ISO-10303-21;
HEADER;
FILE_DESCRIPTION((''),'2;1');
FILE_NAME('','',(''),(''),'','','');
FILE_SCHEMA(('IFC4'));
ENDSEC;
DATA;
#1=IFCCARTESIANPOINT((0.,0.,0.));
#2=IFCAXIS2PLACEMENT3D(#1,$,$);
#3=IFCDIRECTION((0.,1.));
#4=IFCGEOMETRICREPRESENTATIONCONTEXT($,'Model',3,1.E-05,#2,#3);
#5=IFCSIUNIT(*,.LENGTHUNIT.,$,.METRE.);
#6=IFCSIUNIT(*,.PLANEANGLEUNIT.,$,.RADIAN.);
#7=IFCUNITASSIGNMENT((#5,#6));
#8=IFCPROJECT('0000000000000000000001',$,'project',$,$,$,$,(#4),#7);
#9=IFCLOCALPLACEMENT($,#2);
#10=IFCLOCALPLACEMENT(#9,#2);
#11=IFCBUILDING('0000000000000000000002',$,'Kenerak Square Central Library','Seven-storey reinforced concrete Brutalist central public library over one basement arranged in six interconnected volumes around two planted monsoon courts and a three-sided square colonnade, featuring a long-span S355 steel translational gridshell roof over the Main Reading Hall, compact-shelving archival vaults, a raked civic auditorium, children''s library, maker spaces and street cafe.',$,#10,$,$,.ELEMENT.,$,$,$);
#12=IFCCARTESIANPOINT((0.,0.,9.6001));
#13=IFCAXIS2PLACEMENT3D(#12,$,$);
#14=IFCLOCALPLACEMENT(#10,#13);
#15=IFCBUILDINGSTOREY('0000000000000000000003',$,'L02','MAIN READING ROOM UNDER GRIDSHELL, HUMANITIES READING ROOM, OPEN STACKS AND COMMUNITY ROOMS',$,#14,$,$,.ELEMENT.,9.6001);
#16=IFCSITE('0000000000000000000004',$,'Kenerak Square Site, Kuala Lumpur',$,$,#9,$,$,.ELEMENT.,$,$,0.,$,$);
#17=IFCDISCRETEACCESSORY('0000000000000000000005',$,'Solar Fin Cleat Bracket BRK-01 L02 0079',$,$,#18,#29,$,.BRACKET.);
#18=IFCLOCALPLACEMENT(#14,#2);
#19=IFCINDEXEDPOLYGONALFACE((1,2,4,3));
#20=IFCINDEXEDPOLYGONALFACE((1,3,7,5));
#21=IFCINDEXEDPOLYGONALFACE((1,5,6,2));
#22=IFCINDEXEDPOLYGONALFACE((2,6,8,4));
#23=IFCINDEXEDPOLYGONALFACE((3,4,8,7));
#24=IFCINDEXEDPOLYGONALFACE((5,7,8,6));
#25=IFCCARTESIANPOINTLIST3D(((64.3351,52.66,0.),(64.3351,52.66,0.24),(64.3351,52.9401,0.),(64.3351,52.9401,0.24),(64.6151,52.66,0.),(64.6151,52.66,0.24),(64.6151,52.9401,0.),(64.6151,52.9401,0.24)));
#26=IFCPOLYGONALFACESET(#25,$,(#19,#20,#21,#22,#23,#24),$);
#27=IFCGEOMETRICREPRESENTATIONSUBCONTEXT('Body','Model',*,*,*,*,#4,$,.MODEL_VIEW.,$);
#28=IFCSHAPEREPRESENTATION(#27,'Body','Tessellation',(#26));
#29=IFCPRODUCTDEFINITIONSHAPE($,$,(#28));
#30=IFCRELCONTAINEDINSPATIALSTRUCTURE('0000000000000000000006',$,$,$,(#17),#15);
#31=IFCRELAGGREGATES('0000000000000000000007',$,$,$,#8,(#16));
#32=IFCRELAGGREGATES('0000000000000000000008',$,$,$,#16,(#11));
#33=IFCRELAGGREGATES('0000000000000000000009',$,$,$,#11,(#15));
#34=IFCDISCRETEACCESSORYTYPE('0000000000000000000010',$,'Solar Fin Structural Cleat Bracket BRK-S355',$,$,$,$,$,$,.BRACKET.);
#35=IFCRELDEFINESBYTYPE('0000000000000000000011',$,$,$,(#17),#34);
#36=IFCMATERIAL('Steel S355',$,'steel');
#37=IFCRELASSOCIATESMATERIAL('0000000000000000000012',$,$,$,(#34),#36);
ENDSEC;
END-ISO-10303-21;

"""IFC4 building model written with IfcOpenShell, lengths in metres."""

from ifc_helpers import new_model, si_unit, direction, frame, origin, origin_2d, place, context, subcontext, project, spatial, rectangle, extrude, material, type_object, element, save


model = new_model("IFC4")

# Units and contexts
model_context = context("Model", 3, precision=1e-05, world=origin(), true_north=direction((0.0, 1.0)))
body_context = subcontext(model_context, "Body", "Model", "MODEL_VIEW")
ifc_project = project(units=[si_unit("LENGTHUNIT", "METRE"), si_unit("PLANEANGLEUNIT", "RADIAN")], contexts=[model_context])

# Site, building, storey
site_placement = place(None, origin())
site = spatial("IfcSite", under=ifc_project, at=site_placement, Name="Kenerak Square Site, Kuala Lumpur", CompositionType="ELEMENT", RefElevation=0.0)
building_placement = place(site_placement, origin())
building = spatial("IfcBuilding", under=site, at=building_placement, Name="Kenerak Square Central Library", Description="Seven-storey reinforced concrete Brutalist central public library over one basement arranged in six interconnected volumes around two planted monsoon courts and a three-sided square colonnade, featuring a long-span S355 steel translational gridshell roof over the Main Reading Hall, compact-shelving archival vaults, a raked civic auditorium, children's library, maker spaces and street cafe.", CompositionType="ELEMENT")
storey_placement = place(building_placement, frame((0.0, 0.0, 9.6001)))
storey = spatial("IfcBuildingStorey", under=building, at=storey_placement, Name="L02", Description="MAIN READING ROOM UNDER GRIDSHELL, HUMANITIES READING ROOM, OPEN STACKS AND COMMUNITY ROOMS", CompositionType="ELEMENT", Elevation=9.6001)

# Discrete accessory
ifc_material_1 = material(Name="Steel S355", Category="steel")
discrete_accessory_type = type_object("IfcDiscreteAccessoryType", Name="Solar Fin Structural Cleat Bracket BRK-S355", PredefinedType="BRACKET", material=ifc_material_1)
for number, where, z_axis, x_axis, name in (
    (1, (64.4751, 52.8, 0.0), (0.0, 0.0, 1.0), (1.0, 0.0, 0.0), "Solar Fin Cleat Bracket BRK-01 L02 0079"),
):
    element("IfcDiscreteAccessory", number, at=place(storey_placement, frame(where, z_axis=z_axis, x_axis=x_axis)), inside=storey, type_object=discrete_accessory_type, Name=name, PredefinedType="BRACKET", context=body_context, shape_type="SweptSolid", body=[
        extrude(rectangle(XDim=0.28, YDim=0.28, at=origin_2d()), origin(), (0.0, 0.0, 1.0), 0.24),
    ])

save(model, "model.ifc")
